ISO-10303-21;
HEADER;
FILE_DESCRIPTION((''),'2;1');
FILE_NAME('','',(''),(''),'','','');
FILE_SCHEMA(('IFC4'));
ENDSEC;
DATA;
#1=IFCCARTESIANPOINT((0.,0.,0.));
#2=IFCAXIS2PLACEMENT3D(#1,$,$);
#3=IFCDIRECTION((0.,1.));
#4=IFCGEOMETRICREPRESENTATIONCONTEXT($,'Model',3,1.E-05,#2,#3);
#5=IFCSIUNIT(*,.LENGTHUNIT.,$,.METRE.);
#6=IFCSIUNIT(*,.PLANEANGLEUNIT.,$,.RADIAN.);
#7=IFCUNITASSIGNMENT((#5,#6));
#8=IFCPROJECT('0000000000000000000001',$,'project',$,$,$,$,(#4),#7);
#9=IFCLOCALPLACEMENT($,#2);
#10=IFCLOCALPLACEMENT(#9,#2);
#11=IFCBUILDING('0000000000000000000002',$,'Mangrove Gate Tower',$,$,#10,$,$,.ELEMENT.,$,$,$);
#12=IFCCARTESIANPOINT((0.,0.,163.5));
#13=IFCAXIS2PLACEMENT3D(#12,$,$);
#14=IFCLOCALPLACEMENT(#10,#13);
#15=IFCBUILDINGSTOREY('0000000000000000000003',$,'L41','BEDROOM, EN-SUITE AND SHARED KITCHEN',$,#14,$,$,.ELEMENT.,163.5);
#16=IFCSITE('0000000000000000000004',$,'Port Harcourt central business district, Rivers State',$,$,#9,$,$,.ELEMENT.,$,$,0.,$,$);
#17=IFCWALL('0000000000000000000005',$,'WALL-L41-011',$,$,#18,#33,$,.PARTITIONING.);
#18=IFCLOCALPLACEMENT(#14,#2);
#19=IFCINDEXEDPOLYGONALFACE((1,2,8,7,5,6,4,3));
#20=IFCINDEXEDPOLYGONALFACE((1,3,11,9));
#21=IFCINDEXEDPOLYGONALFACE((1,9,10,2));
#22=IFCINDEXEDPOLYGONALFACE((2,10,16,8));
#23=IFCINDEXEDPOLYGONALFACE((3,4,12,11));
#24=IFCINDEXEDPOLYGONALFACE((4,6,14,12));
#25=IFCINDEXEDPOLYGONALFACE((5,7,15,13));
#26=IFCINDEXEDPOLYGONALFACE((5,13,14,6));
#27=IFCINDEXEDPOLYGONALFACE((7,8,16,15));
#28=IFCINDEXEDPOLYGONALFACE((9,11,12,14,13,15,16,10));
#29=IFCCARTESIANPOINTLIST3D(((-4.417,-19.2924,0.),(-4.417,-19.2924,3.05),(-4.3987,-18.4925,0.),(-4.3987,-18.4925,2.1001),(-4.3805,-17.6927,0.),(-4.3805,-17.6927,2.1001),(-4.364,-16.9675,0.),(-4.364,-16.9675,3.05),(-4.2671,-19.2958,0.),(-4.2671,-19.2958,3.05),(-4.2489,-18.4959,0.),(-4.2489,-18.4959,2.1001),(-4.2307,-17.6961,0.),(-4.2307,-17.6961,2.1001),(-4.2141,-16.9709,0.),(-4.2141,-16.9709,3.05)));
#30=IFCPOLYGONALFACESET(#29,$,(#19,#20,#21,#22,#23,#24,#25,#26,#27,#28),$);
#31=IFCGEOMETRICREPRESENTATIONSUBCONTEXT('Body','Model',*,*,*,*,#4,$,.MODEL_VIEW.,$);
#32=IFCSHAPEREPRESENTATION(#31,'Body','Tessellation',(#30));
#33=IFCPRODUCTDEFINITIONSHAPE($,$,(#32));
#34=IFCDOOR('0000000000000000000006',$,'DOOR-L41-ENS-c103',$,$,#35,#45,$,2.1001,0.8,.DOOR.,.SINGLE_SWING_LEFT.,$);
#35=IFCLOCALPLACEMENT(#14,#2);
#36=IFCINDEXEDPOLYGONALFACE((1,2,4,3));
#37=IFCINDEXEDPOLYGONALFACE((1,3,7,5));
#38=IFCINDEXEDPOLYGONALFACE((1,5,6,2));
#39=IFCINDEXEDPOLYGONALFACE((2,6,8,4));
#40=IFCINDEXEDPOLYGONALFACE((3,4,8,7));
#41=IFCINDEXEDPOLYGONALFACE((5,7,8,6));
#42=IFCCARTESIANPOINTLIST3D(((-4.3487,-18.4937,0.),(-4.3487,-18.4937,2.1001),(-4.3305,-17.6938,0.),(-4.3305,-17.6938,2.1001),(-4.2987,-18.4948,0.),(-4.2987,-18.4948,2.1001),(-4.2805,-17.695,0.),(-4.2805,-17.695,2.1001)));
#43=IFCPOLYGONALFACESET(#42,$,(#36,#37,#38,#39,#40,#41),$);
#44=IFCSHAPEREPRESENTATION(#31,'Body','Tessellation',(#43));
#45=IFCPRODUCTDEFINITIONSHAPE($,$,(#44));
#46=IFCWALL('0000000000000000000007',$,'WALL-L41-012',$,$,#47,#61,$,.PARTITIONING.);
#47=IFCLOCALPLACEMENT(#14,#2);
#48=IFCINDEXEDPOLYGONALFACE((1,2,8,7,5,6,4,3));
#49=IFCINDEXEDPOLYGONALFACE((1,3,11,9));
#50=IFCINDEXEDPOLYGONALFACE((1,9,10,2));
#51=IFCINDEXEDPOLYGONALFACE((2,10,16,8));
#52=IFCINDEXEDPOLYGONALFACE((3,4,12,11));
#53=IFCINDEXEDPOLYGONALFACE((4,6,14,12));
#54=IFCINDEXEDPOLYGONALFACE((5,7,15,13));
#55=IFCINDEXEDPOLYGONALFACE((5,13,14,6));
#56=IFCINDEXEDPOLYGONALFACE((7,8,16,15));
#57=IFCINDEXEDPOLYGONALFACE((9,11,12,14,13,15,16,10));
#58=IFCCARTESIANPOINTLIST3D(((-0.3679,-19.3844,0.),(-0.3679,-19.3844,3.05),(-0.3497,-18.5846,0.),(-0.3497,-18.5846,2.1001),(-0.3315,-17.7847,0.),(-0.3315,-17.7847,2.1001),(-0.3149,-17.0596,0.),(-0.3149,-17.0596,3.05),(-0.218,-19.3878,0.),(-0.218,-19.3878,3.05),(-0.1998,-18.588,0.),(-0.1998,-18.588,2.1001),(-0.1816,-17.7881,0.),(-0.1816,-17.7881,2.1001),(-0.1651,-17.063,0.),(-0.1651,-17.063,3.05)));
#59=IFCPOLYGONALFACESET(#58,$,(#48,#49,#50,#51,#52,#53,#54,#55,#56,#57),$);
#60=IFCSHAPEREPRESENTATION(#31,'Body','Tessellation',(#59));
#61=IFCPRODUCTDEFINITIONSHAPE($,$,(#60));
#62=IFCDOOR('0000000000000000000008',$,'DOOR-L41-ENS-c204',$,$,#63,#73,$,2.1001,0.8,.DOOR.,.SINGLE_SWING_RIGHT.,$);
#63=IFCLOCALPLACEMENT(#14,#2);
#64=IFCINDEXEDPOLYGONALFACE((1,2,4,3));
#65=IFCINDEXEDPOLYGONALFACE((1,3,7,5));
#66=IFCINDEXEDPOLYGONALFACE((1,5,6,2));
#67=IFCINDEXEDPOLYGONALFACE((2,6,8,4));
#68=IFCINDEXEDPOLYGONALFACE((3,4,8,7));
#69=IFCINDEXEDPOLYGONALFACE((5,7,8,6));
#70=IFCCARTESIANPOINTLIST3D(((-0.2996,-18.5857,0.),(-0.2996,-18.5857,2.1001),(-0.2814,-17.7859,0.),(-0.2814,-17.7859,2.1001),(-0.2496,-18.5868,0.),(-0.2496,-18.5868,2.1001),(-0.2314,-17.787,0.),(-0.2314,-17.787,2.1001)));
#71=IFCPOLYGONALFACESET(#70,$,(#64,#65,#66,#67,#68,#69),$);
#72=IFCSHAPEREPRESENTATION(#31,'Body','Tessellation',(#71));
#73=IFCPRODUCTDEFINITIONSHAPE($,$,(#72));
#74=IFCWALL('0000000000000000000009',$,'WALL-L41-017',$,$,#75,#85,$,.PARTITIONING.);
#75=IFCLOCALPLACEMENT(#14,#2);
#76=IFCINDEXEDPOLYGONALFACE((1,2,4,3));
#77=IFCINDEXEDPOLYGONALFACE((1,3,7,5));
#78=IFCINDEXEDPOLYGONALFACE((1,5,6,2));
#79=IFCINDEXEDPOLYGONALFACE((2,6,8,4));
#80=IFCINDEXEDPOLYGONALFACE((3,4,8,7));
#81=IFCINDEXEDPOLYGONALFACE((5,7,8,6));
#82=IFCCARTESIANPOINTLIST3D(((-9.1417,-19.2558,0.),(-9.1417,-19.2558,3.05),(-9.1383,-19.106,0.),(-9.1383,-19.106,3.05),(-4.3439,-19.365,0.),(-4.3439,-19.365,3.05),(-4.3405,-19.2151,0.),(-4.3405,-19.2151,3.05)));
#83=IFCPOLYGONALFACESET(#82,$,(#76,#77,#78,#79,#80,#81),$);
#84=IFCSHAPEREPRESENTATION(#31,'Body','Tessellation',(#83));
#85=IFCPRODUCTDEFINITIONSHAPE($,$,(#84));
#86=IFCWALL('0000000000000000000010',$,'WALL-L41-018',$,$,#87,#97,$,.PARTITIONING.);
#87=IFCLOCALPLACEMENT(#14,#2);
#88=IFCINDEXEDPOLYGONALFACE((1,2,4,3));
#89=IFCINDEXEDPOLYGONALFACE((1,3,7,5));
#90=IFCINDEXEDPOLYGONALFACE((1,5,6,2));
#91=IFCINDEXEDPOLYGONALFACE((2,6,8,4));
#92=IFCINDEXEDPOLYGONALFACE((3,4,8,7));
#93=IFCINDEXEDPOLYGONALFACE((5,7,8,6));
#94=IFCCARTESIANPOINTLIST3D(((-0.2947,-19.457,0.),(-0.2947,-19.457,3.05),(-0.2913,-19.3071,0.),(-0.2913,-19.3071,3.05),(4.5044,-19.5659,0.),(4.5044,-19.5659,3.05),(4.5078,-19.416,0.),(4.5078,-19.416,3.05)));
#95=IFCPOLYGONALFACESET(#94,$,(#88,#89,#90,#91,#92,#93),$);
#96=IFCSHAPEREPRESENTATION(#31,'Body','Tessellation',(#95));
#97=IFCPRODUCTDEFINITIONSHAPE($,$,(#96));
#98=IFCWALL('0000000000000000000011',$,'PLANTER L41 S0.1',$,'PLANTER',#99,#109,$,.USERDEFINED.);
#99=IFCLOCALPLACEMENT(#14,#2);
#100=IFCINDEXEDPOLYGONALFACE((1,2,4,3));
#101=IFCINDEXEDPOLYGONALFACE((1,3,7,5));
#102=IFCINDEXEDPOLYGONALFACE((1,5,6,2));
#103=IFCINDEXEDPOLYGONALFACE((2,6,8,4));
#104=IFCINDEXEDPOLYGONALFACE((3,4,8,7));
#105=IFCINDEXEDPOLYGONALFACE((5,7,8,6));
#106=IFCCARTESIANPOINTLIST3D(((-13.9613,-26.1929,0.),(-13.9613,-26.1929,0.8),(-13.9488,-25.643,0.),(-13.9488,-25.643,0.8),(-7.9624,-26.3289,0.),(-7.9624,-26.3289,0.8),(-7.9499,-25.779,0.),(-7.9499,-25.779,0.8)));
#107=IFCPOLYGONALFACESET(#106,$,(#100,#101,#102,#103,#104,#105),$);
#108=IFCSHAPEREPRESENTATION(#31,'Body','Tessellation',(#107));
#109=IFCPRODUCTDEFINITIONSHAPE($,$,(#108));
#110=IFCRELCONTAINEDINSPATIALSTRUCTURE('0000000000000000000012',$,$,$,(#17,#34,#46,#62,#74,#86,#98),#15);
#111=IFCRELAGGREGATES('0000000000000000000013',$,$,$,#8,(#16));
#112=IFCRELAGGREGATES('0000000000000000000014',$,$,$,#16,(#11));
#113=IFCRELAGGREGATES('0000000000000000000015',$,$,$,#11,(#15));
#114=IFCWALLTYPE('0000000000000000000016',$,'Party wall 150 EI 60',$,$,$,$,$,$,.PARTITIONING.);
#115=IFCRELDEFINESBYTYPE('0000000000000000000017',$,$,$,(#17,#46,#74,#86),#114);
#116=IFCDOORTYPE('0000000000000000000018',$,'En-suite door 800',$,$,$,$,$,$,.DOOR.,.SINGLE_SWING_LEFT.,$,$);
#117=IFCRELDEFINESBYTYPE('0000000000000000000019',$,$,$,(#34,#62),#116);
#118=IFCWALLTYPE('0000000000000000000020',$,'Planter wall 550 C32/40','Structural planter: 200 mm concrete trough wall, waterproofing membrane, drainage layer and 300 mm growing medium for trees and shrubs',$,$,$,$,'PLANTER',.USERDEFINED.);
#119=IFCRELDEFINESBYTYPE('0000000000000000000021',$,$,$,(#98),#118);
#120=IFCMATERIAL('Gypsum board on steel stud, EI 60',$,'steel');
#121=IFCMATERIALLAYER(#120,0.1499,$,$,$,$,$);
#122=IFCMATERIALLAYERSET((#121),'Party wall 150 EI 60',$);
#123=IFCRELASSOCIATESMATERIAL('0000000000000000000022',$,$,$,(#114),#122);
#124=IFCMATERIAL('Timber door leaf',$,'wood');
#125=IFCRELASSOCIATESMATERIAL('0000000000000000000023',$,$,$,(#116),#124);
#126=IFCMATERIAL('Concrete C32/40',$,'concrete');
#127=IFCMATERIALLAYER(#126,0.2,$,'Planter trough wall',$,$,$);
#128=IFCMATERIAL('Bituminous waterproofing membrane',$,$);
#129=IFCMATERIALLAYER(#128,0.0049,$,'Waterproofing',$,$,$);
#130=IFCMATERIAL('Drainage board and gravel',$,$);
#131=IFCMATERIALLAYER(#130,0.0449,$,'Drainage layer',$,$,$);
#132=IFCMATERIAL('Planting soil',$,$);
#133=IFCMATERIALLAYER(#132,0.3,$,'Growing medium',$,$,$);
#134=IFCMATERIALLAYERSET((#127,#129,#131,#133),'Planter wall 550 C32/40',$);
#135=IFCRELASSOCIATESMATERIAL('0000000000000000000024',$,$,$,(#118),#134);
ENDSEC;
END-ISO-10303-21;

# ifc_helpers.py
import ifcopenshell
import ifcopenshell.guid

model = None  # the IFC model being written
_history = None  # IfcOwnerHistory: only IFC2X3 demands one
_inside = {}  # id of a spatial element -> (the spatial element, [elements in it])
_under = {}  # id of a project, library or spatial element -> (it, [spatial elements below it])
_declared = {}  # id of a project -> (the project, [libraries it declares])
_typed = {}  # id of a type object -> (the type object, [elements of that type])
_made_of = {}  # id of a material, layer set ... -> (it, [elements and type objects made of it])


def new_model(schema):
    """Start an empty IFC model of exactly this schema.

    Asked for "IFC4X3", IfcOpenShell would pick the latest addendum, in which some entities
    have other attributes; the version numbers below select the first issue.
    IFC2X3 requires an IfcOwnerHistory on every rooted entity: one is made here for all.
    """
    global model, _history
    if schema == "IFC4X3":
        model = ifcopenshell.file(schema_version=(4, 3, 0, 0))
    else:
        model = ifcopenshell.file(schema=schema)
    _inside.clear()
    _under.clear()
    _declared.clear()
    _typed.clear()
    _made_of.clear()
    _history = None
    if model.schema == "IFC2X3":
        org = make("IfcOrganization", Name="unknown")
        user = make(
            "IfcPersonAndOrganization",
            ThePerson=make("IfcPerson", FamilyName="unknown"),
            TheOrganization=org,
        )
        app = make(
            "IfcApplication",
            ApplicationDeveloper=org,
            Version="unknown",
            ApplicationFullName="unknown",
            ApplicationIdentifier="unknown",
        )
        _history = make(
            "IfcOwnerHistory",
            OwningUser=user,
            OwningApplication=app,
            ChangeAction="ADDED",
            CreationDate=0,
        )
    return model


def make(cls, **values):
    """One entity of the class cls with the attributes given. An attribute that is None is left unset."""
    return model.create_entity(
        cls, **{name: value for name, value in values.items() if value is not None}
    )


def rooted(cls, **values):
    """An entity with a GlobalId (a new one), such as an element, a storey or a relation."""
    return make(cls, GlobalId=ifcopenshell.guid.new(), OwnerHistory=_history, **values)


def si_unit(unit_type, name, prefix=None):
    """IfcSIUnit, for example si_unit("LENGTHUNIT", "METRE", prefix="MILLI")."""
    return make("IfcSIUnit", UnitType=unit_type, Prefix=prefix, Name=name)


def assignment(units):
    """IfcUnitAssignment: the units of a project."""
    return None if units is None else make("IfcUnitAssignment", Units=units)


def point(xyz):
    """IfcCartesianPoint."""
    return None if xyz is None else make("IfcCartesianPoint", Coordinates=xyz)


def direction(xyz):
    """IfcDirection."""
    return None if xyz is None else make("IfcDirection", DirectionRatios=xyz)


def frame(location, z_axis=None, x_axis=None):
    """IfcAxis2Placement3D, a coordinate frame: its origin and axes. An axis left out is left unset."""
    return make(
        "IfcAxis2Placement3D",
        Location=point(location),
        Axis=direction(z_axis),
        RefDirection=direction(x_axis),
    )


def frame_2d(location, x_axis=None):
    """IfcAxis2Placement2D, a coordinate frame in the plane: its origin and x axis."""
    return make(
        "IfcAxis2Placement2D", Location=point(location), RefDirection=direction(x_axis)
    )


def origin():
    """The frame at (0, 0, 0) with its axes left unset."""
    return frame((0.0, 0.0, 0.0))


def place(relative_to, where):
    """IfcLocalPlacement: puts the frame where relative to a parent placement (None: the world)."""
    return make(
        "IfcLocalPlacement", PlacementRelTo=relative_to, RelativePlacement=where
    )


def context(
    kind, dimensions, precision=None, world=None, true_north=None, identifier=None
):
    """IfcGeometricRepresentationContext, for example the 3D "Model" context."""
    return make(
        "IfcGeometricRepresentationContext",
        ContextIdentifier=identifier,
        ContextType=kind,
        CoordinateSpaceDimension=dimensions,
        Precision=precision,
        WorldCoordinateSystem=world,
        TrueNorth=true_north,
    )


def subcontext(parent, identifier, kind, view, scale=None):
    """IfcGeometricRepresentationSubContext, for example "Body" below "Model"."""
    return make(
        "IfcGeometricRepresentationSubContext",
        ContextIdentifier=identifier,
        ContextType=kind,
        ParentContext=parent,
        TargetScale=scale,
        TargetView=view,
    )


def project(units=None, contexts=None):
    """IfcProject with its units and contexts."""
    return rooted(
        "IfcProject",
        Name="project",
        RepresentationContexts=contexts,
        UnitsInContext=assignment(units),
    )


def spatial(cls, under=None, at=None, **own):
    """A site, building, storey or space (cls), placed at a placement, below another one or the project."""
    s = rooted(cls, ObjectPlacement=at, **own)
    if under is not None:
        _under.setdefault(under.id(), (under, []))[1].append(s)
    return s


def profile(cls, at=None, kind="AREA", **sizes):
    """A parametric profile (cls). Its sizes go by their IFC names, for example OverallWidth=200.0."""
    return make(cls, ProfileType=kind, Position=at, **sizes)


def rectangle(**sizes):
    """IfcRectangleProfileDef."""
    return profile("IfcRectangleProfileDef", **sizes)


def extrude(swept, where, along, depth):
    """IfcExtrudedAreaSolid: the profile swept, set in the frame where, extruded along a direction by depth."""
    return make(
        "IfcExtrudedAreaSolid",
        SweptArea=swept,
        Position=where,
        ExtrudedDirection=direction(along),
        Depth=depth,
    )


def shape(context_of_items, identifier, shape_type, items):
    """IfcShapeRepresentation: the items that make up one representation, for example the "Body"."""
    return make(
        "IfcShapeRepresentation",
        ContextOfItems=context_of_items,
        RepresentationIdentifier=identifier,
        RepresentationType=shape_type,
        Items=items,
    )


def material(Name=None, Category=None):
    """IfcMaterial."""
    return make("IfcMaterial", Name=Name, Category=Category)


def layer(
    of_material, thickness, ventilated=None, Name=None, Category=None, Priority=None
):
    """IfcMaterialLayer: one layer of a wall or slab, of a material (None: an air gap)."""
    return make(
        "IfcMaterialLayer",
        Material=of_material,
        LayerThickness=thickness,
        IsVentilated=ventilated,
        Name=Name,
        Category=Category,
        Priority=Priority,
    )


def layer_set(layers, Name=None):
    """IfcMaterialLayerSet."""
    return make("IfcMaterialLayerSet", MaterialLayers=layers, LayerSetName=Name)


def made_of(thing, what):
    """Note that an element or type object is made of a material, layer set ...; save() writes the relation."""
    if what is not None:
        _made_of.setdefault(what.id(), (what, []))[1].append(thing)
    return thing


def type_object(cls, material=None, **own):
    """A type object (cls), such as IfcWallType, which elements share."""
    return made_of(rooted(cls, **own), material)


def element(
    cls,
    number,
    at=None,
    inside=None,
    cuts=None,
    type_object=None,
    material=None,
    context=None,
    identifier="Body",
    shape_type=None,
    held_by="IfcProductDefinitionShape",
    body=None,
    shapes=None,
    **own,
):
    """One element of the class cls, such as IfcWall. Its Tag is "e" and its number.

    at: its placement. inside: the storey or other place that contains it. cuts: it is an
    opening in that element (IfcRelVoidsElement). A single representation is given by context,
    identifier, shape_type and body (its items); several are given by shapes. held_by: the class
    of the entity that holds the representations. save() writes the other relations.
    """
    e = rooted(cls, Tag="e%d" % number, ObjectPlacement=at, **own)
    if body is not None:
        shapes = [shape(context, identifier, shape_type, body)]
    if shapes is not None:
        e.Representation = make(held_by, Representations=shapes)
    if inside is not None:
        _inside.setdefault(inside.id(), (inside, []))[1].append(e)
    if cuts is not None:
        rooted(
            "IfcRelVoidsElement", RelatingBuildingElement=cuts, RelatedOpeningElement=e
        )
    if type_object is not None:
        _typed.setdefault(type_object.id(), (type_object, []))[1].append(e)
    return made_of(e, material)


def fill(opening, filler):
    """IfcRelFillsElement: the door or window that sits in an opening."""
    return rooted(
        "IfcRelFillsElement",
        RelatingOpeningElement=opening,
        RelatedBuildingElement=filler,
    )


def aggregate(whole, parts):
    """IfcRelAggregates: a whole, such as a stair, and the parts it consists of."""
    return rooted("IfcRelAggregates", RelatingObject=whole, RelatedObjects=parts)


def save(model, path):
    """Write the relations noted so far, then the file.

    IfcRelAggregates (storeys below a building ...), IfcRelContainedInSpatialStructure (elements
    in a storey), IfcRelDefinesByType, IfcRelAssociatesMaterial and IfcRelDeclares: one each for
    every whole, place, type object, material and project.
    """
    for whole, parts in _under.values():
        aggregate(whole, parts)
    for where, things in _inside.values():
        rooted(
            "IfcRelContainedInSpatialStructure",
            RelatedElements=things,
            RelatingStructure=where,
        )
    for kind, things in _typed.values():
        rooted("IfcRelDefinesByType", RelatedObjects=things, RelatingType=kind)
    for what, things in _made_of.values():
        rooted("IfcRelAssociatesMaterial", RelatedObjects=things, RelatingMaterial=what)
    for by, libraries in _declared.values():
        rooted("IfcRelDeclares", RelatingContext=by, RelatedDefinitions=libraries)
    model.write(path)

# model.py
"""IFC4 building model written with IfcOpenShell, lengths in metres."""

from ifc_helpers import new_model, si_unit, direction, frame, frame_2d, origin, place, context, subcontext, project, spatial, rectangle, extrude, material, layer, layer_set, type_object, element, fill, save


model = new_model("IFC4")

# Units and contexts
model_context = context("Model", 3, precision=1e-05, world=origin(), true_north=direction((0.0, 1.0)))
body_context = subcontext(model_context, "Body", "Model", "MODEL_VIEW")
ifc_project = project(units=[si_unit("LENGTHUNIT", "METRE"), si_unit("PLANEANGLEUNIT", "RADIAN")], contexts=[model_context])

# Site, building, storey
site_placement = place(None, origin())
site = spatial("IfcSite", under=ifc_project, at=site_placement, Name="Port Harcourt central business district, Rivers State", CompositionType="ELEMENT", RefElevation=0.0)
building_placement = place(site_placement, origin())
building = spatial("IfcBuilding", under=site, at=building_placement, Name="Mangrove Gate Tower", CompositionType="ELEMENT")
storey_placement = place(building_placement, frame((0.0, 0.0, 163.5)))
storey = spatial("IfcBuildingStorey", under=building, at=storey_placement, Name="L41", Description="BEDROOM, EN-SUITE AND SHARED KITCHEN", CompositionType="ELEMENT", Elevation=163.5)

# Shared definitions
ifc_material_1 = material(Name="Gypsum board on steel stud, EI 60", Category="steel")
ifc_layer_1 = layer(ifc_material_1, 0.1499)
ifc_layer_set_1 = layer_set([ifc_layer_1], Name="Party wall 150 EI 60")
wall_type_1 = type_object("IfcWallType", Name="Party wall 150 EI 60", PredefinedType="PARTITIONING", material=ifc_layer_set_1)

# Walls, openings, doors
ifc_material_2 = material(Name="Timber door leaf", Category="wood")
door_type = type_object("IfcDoorType", Name="En-suite door 800", OperationType="SINGLE_SWING_LEFT", PredefinedType="DOOR", material=ifc_material_2)
wall_1_placement = place(storey_placement, frame((-4.342, -19.2939, 0.0), z_axis=(0.0, 0.0, 1.0), x_axis=(0.022781, 0.99974, 0.0)))
wall_1 = element("IfcWall", 1, at=wall_1_placement, inside=storey, type_object=wall_type_1, Name="WALL-L41-011", PredefinedType="PARTITIONING", context=body_context, shape_type="SweptSolid", body=[
    extrude(rectangle(XDim=2.3254, YDim=0.1499, at=frame_2d((1.1626, 0.0))), origin(), (0.0, 0.0, 1.0), 3.05),
])
opening_1_placement = place(wall_1_placement, frame((0.8, 0.0, 0.0)))
opening_1 = element("IfcOpeningElement", 2, at=opening_1_placement, cuts=wall_1, PredefinedType="OPENING", context=body_context, shape_type="SweptSolid", body=[
    extrude(rectangle(XDim=0.8, YDim=2.1001, at=frame_2d((0.3999, 1.05))), frame((0.0, 0.085, 0.0), z_axis=(0.0, -1.0, 0.0), x_axis=(1.0, 0.0, 0.0)), (0.0, 0.0, 1.0), 0.1699),
])
door_1_placement = place(opening_1_placement, origin())
door_1 = element("IfcDoor", 3, at=door_1_placement, inside=storey, type_object=door_type, Name="DOOR-L41-ENS-c103", OperationType="SINGLE_SWING_LEFT", OverallHeight=2.1001, OverallWidth=0.8, PredefinedType="DOOR", context=body_context, shape_type="SweptSolid", body=[
    extrude(rectangle(XDim=0.8, YDim=2.1001, at=frame_2d((0.3999, 1.05))), frame((0.0, 0.0249, 0.0), z_axis=(0.0, -1.0, 0.0), x_axis=(1.0, 0.0, 0.0)), (0.0, 0.0, 1.0), 0.05),
])
fill(opening_1, door_1)
wall_2_placement = place(storey_placement, frame((-0.293, -19.386, 0.0), z_axis=(0.0, 0.0, 1.0), x_axis=(0.022781, 0.99974, 0.0)))
wall_2 = element("IfcWall", 4, at=wall_2_placement, inside=storey, type_object=wall_type_1, Name="WALL-L41-012", PredefinedType="PARTITIONING", context=body_context, shape_type="SweptSolid", body=[
    extrude(rectangle(XDim=2.3254, YDim=0.1499, at=frame_2d((1.1626, 0.0))), origin(), (0.0, 0.0, 1.0), 3.05),
])
opening_2_placement = place(wall_2_placement, frame((0.8, 0.0, 0.0)))
opening_2 = element("IfcOpeningElement", 5, at=opening_2_placement, cuts=wall_2, PredefinedType="OPENING", context=body_context, shape_type="SweptSolid", body=[
    extrude(rectangle(XDim=0.8, YDim=2.1001, at=frame_2d((0.3999, 1.05))), frame((0.0, 0.085, 0.0), z_axis=(0.0, -1.0, 0.0), x_axis=(1.0, 0.0, 0.0)), (0.0, 0.0, 1.0), 0.1699),
])
door_2_placement = place(opening_2_placement, origin())
door_2 = element("IfcDoor", 6, at=door_2_placement, inside=storey, type_object=door_type, Name="DOOR-L41-ENS-c204", OperationType="SINGLE_SWING_RIGHT", OverallHeight=2.1001, OverallWidth=0.8, PredefinedType="DOOR", context=body_context, shape_type="SweptSolid", body=[
    extrude(rectangle(XDim=0.8, YDim=2.1001, at=frame_2d((0.3999, 1.05))), frame((0.0, 0.0249, 0.0), z_axis=(0.0, -1.0, 0.0), x_axis=(1.0, 0.0, 0.0)), (0.0, 0.0, 1.0), 0.05),
])
fill(opening_2, door_2)

# Walls
wall_3_placement = place(storey_placement, frame((-9.1399, -19.1809, 0.0), z_axis=(0.0, 0.0, 1.0), x_axis=(0.999741, -0.02274, 0.0)))
element("IfcWall", 7, at=wall_3_placement, inside=storey, type_object=wall_type_1, Name="WALL-L41-017", PredefinedType="PARTITIONING", context=body_context, shape_type="SweptSolid", body=[
    extrude(rectangle(XDim=4.7991, YDim=0.1499, at=frame_2d((2.3994, 0.0))), origin(), (0.0, 0.0, 1.0), 3.05),
])
wall_4_placement = place(storey_placement, frame((-0.293, -19.3821, 0.0), z_axis=(0.0, 0.0, 1.0), x_axis=(0.999743, -0.022683, 0.0)))
element("IfcWall", 8, at=wall_4_placement, inside=storey, type_object=wall_type_1, Name="WALL-L41-018", PredefinedType="PARTITIONING", context=body_context, shape_type="SweptSolid", body=[
    extrude(rectangle(XDim=4.8003, YDim=0.1499, at=frame_2d((2.4001, 0.0))), origin(), (0.0, 0.0, 1.0), 3.05),
])
ifc_material_3 = material(Name="Concrete C32/40", Category="concrete")
ifc_layer_2 = layer(ifc_material_3, 0.2, Name="Planter trough wall")
ifc_material_4 = material(Name="Bituminous waterproofing membrane")
ifc_layer_3 = layer(ifc_material_4, 0.0049, Name="Waterproofing")
ifc_material_5 = material(Name="Drainage board and gravel")
ifc_layer_4 = layer(ifc_material_5, 0.0449, Name="Drainage layer")
ifc_material_6 = material(Name="Planting soil")
ifc_layer_5 = layer(ifc_material_6, 0.3, Name="Growing medium")
ifc_layer_set_2 = layer_set([ifc_layer_2, ifc_layer_3, ifc_layer_4, ifc_layer_5], Name="Planter wall 550 C32/40")
wall_type_2 = type_object("IfcWallType", Name="Planter wall 550 C32/40", Description="Structural planter: 200 mm concrete trough wall, waterproofing membrane, drainage layer and 300 mm growing medium for trees and shrubs", ElementType="PLANTER", PredefinedType="USERDEFINED", material=ifc_layer_set_2)
wall_5_placement = place(storey_placement, frame((-13.9551, -25.918, 0.0), z_axis=(0.0, 0.0, 1.0), x_axis=(0.999743, -0.022662, 0.0)))
element("IfcWall", 9, at=wall_5_placement, inside=storey, type_object=wall_type_2, Name="PLANTER L41 S0.1", ObjectType="PLANTER", PredefinedType="USERDEFINED", context=body_context, shape_type="SweptSolid", body=[
    extrude(rectangle(XDim=6.0005, YDim=0.55, at=frame_2d((3.0002, 0.0))), origin(), (0.0, 0.0, 1.0), 0.8),
])

save(model, "model.ifc")
